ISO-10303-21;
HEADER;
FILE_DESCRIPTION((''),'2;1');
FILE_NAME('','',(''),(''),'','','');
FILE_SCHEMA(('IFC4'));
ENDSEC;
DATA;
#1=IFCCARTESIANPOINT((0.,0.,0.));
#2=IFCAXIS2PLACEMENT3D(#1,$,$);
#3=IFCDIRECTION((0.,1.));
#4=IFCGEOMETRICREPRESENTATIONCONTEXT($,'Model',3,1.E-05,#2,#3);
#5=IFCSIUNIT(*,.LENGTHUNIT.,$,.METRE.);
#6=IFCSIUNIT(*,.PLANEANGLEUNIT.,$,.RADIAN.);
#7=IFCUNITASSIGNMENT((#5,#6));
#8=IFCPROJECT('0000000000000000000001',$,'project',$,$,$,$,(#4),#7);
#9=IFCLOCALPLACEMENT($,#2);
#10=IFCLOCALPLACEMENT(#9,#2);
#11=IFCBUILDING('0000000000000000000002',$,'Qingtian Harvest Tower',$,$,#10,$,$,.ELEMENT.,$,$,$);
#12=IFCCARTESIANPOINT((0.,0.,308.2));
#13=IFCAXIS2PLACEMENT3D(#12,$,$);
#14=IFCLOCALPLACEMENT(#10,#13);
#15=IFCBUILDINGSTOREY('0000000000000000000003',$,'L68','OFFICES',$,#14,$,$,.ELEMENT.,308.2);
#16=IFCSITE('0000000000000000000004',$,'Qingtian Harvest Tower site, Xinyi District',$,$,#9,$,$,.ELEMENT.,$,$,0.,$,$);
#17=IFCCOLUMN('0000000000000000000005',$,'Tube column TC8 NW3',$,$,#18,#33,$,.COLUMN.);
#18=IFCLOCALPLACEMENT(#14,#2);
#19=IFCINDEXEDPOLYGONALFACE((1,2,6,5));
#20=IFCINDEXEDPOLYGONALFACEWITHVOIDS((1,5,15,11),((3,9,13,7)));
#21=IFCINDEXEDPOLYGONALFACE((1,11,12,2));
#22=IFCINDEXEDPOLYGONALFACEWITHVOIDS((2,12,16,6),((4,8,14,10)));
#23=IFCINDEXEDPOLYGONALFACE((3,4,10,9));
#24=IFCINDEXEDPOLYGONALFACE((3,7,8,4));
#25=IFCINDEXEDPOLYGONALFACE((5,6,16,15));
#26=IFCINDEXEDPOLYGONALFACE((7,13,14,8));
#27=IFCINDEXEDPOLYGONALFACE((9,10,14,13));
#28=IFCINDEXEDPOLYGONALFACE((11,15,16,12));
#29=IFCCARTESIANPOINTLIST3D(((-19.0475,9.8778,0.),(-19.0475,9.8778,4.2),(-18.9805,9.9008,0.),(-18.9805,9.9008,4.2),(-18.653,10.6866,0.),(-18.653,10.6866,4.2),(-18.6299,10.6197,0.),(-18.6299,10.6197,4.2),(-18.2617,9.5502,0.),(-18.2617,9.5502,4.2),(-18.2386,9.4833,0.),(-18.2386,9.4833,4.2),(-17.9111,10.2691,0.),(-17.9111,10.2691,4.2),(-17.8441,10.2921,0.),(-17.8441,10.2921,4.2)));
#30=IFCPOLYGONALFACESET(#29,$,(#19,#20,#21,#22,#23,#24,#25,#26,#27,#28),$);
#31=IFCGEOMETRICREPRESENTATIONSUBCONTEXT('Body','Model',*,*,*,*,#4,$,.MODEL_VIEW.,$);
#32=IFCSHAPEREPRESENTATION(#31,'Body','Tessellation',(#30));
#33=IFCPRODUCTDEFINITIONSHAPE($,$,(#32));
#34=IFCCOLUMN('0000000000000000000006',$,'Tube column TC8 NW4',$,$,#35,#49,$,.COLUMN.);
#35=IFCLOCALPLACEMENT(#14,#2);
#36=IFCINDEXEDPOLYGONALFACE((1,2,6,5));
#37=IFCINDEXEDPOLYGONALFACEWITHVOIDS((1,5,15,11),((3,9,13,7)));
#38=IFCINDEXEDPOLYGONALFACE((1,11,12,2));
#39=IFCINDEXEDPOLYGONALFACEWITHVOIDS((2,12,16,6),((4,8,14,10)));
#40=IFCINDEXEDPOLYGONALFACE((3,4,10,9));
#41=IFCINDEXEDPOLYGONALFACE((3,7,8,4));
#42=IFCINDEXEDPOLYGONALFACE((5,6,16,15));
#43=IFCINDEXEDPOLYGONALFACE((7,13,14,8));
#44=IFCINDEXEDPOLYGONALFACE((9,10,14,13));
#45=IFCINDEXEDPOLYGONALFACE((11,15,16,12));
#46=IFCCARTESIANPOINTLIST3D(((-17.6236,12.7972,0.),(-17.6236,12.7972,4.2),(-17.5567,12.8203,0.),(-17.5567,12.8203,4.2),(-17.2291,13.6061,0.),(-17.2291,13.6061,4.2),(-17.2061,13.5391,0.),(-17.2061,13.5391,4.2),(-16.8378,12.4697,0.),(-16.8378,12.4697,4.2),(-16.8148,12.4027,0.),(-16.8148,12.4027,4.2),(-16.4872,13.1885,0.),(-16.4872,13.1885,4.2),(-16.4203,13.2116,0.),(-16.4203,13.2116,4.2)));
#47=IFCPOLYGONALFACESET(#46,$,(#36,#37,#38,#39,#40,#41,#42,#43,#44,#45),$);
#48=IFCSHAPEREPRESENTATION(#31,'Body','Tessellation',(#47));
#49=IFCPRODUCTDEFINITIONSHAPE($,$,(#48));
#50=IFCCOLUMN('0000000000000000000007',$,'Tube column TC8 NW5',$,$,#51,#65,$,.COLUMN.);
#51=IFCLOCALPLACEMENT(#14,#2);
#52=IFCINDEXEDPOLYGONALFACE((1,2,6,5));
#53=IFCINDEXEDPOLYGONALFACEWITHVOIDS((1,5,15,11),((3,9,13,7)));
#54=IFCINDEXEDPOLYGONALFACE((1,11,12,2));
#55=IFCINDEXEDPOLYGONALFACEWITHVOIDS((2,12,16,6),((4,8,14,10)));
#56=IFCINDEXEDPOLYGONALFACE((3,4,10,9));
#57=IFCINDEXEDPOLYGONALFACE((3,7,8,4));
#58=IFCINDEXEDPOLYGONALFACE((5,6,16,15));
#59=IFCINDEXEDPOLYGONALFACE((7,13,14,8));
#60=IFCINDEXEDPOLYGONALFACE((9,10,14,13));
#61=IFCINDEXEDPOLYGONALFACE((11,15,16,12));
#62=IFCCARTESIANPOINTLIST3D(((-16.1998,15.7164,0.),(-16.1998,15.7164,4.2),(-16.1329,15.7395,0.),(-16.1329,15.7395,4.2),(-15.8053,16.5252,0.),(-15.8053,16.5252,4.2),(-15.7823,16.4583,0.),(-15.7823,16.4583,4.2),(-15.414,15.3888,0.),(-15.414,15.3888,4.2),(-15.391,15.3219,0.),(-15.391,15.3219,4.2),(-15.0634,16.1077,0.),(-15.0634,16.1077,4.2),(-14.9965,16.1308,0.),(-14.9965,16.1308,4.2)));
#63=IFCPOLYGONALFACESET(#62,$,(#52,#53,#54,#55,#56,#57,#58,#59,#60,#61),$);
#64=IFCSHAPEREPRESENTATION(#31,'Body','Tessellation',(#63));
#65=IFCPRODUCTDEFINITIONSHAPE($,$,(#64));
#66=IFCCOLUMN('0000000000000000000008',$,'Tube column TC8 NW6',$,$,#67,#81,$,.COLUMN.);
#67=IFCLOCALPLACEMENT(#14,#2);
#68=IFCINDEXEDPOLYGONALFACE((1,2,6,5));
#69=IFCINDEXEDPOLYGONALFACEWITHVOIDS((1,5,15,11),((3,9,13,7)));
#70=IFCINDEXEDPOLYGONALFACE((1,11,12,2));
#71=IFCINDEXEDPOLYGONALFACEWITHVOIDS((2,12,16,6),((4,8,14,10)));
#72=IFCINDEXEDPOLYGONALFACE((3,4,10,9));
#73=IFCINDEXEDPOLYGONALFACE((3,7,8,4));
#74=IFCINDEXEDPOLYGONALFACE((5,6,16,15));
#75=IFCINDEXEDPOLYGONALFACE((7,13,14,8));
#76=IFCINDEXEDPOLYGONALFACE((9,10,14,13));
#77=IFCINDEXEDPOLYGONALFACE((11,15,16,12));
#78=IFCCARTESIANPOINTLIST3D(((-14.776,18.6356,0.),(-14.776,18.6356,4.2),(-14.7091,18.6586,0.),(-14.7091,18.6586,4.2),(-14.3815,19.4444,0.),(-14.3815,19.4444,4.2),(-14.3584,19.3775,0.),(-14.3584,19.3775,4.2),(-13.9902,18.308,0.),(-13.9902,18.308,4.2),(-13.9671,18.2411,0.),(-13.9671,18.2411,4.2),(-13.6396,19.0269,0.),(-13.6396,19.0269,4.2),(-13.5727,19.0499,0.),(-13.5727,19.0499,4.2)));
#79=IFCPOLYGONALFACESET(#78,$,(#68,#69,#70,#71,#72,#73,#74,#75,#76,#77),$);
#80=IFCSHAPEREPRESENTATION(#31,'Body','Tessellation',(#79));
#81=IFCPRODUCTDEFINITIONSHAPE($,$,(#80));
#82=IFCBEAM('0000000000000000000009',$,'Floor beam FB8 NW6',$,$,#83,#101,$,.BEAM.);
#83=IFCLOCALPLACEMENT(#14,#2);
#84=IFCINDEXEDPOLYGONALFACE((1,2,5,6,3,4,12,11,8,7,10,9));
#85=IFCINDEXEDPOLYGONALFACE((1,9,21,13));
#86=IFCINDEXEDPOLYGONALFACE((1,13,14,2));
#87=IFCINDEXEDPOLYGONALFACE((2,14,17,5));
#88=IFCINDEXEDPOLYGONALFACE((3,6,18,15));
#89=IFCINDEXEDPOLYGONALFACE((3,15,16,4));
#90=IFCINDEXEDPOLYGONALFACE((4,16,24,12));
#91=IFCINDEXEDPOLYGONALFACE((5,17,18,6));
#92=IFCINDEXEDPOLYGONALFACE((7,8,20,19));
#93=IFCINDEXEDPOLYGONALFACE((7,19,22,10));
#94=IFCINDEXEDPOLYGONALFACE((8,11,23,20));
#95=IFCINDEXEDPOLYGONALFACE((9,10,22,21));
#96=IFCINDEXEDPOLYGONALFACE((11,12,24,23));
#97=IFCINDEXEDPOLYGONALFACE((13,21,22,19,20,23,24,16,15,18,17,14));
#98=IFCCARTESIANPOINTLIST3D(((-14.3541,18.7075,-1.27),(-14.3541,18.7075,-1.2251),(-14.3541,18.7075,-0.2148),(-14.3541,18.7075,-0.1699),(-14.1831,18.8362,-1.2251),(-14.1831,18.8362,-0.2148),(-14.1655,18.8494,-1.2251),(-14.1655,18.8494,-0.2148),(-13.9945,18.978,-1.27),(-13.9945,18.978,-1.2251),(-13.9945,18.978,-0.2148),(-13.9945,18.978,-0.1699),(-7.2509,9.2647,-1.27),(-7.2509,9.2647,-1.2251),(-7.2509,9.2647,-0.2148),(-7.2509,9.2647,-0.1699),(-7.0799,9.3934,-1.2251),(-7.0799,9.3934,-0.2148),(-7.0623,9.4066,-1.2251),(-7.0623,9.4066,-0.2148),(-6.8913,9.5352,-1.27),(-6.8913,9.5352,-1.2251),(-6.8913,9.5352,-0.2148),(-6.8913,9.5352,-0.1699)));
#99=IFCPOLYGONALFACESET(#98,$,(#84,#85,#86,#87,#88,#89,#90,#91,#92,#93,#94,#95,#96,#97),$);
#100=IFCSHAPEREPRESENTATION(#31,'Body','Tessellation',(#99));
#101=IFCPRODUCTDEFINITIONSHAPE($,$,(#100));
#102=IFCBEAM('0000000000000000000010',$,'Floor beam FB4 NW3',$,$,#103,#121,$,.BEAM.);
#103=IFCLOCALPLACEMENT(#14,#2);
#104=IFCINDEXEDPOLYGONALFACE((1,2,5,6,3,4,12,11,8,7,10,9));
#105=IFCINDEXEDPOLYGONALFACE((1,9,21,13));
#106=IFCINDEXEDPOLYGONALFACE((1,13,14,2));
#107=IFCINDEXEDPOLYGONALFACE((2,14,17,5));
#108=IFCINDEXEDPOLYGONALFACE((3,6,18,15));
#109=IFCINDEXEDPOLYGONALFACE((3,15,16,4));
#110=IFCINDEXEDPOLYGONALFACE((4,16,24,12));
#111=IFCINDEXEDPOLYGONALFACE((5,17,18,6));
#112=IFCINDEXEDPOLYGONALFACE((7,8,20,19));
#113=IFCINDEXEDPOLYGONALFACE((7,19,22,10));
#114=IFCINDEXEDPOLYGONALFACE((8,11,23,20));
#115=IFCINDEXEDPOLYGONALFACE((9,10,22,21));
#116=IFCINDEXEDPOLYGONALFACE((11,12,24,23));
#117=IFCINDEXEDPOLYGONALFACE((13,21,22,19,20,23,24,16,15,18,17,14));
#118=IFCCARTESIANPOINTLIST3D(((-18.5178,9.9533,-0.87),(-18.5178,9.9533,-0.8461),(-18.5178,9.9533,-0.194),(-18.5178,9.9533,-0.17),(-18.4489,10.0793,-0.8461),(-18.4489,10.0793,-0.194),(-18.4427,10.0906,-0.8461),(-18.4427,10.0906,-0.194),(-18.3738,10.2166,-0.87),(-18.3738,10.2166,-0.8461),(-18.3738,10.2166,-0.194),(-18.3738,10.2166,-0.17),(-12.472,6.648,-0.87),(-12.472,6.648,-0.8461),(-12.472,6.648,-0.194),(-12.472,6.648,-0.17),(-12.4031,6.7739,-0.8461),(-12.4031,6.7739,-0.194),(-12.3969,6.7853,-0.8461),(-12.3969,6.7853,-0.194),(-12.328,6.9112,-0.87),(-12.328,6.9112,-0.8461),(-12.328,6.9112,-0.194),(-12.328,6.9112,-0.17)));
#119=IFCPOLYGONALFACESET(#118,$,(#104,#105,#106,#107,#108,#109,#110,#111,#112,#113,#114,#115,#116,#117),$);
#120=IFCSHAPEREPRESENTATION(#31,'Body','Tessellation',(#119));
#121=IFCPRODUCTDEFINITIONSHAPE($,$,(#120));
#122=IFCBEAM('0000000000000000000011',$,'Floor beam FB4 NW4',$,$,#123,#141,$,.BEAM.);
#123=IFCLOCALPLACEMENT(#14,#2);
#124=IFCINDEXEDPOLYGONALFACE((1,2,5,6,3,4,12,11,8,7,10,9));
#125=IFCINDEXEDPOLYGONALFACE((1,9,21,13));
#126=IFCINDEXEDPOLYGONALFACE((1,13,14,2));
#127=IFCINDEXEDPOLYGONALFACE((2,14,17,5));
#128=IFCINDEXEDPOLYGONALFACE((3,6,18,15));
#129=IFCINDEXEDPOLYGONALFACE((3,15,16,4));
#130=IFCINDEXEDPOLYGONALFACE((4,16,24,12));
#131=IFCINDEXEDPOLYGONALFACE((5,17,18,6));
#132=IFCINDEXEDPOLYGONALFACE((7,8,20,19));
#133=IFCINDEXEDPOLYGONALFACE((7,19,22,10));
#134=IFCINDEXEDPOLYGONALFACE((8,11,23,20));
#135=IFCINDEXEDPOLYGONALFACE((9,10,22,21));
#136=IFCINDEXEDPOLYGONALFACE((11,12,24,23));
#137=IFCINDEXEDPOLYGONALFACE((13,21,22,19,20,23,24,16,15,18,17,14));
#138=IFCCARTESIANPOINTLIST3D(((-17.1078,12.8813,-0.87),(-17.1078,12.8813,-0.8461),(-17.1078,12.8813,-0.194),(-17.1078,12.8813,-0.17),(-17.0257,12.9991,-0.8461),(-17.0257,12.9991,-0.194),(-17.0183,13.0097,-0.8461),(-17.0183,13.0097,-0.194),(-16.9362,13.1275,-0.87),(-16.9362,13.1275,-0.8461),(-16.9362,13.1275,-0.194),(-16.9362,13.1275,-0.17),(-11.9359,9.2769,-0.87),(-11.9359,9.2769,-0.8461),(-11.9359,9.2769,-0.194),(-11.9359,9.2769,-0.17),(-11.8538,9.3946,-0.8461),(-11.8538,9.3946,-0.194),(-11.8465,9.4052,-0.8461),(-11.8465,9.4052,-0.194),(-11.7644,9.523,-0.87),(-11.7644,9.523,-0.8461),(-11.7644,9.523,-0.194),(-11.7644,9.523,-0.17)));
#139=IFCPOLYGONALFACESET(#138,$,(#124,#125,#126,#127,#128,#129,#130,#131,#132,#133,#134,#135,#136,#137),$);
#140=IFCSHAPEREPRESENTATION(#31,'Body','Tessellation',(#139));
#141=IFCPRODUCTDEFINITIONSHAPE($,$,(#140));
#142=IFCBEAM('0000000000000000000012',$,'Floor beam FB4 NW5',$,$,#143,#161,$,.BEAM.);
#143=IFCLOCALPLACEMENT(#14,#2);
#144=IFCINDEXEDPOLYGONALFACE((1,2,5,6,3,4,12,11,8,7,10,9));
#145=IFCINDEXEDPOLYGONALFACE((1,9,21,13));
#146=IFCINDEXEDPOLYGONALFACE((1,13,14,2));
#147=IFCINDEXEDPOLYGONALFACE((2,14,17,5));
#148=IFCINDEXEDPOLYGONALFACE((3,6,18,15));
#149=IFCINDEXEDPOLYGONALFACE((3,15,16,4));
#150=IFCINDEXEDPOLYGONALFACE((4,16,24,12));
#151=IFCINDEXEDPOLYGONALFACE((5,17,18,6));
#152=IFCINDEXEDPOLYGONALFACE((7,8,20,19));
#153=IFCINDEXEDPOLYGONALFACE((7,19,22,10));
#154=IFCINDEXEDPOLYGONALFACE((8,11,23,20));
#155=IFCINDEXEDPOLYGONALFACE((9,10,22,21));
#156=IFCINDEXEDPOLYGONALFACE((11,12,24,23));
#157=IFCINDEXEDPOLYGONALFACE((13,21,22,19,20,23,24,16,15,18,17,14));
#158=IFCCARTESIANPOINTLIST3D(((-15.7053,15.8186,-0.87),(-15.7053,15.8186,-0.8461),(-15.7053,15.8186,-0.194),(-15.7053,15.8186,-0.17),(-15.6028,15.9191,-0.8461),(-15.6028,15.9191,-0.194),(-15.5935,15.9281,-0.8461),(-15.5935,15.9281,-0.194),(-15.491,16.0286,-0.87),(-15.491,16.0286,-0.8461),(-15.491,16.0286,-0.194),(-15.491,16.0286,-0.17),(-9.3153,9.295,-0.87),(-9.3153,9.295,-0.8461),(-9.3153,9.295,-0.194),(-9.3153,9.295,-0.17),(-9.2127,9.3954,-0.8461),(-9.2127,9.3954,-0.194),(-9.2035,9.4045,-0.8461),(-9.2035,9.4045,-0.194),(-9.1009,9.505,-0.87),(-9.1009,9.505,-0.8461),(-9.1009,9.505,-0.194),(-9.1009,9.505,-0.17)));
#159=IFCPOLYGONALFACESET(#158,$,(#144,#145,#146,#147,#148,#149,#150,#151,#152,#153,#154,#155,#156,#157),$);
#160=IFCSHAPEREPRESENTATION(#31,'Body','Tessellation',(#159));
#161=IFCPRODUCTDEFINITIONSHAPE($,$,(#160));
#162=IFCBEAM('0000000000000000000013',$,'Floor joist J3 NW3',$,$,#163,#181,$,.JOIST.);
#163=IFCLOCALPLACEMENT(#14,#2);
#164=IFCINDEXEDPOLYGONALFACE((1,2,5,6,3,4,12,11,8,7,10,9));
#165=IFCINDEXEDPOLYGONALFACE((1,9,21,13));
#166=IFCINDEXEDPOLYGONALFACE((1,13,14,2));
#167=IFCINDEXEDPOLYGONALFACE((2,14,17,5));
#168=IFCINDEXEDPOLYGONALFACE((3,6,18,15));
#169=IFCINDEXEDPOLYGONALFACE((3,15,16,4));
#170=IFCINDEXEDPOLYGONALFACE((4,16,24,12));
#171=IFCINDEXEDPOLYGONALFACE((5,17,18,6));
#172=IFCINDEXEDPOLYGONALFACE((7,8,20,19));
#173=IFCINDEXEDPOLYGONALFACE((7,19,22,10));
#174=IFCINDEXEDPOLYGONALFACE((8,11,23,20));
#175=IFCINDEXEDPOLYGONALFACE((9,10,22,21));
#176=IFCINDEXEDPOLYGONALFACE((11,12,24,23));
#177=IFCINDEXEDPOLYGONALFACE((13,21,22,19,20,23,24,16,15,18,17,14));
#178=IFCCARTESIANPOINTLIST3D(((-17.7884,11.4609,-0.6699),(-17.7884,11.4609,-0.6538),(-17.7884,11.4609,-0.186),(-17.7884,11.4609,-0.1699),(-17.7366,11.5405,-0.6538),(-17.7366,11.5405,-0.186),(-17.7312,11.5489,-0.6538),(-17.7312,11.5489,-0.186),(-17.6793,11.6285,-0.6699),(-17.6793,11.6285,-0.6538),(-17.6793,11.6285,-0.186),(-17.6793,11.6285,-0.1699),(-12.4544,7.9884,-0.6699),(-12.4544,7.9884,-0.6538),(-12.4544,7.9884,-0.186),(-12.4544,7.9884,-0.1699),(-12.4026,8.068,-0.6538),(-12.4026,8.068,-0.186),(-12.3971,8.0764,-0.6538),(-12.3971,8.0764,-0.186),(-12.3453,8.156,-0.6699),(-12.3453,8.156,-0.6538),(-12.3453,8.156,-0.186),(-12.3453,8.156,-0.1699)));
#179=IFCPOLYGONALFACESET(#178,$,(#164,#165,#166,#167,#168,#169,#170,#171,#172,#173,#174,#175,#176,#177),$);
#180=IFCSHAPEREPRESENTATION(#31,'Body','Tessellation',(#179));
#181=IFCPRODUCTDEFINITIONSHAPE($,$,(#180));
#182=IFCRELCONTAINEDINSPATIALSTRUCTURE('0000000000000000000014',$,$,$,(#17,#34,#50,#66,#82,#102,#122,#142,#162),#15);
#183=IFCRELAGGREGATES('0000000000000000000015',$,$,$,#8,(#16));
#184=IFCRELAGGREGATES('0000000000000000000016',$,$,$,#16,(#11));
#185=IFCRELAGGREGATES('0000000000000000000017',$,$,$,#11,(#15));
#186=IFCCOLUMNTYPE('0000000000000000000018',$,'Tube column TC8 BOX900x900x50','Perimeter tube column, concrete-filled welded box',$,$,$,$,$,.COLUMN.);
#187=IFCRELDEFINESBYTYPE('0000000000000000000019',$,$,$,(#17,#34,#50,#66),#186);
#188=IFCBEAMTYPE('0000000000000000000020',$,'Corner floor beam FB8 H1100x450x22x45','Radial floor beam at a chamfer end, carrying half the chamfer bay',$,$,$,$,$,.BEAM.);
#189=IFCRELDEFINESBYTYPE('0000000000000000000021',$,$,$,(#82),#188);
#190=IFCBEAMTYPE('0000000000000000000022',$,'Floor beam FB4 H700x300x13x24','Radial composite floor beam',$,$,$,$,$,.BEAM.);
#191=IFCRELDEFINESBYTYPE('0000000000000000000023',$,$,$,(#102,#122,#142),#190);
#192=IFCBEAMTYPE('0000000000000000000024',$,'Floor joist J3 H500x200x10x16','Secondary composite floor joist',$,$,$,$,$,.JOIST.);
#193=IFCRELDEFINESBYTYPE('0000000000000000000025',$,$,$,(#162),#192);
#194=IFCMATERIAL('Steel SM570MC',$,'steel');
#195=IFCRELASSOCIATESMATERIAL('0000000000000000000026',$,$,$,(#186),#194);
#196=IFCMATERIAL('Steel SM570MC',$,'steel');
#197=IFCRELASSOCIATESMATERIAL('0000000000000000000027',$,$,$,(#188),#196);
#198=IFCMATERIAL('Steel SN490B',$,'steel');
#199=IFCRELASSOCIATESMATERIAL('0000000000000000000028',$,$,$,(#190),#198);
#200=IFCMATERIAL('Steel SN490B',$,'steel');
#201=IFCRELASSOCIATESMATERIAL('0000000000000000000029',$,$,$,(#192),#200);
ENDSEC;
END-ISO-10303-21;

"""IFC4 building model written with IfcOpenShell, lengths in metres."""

from ifc_helpers import new_model, si_unit, direction, frame, origin, origin_2d, place, context, subcontext, project, spatial, hollow_rectangle, i_section, extrude, material, material_profile, profile_set, type_object, element, save


model = new_model("IFC4")

# Units and contexts
model_context = context("Model", 3, precision=1e-05, world=origin(), true_north=direction((0.0, 1.0)))
body_context = subcontext(model_context, "Body", "Model", "MODEL_VIEW")
ifc_project = project(units=[si_unit("LENGTHUNIT", "METRE"), si_unit("PLANEANGLEUNIT", "RADIAN")], contexts=[model_context])

# Site, building, storey
site_placement = place(None, origin())
site = spatial("IfcSite", under=ifc_project, at=site_placement, Name="Qingtian Harvest Tower site, Xinyi District", CompositionType="ELEMENT", RefElevation=0.0)
building_placement = place(site_placement, origin())
building = spatial("IfcBuilding", under=site, at=building_placement, Name="Qingtian Harvest Tower", CompositionType="ELEMENT")
storey_placement = place(building_placement, frame((0.0, 0.0, 308.2)))
storey = spatial("IfcBuildingStorey", under=building, at=storey_placement, Name="L68", Description="OFFICES", CompositionType="ELEMENT", Elevation=308.2)

# Columns
ifc_material_1 = material(Name="Steel SM570MC", Category="steel")
ifc_material_profile_1 = material_profile(ifc_material_1, hollow_rectangle(XDim=0.8999, YDim=0.8999, WallThickness=0.05, at=origin_2d()), Name="BOX900x900x50")
ifc_profile_set_1 = profile_set([ifc_material_profile_1], Name="Steel SM570MC")
column_type = type_object("IfcColumnType", Name="Tube column TC8 BOX900x900x50", Description="Perimeter tube column, concrete-filled welded box", PredefinedType="COLUMN", material=ifc_profile_set_1)
for number, where, z_axis, x_axis, name in (
    (1, (-18.4458, 10.085, 0.0), (0.0, 0.0, 1.0), (-0.438371, -0.898794, 0.0), "Tube column TC8 NW3"),
    (2, (-17.022, 13.0044, 0.0), (0.0, 0.0, 1.0), (-0.438371, -0.898794, 0.0), "Tube column TC8 NW4"),
    (3, (-15.5981, 15.9236, 0.0), (0.0, 0.0, 1.0), (-0.438371, -0.898794, 0.0), "Tube column TC8 NW5"),
    (4, (-14.1743, 18.8428, 0.0), (0.0, 0.0, 1.0), (-0.438371, -0.898794, 0.0), "Tube column TC8 NW6"),
):
    element("IfcColumn", number, at=place(storey_placement, frame(where, z_axis=z_axis, x_axis=x_axis)), inside=storey, type_object=column_type, Name=name, PredefinedType="COLUMN", context=body_context, shape_type="SweptSolid", body=[
        extrude(hollow_rectangle(XDim=0.8999, YDim=0.8999, WallThickness=0.05, at=origin_2d()), origin(), (0.0, 0.0, 1.0), 4.2),
    ])

# Beams
ifc_material_2 = material(Name="Steel SM570MC", Category="steel")
ifc_material_profile_2 = material_profile(ifc_material_2, i_section(OverallWidth=0.45, OverallDepth=1.1001, WebThickness=0.022, FlangeThickness=0.0449, at=origin_2d()), Name="H1100x450x22x45")
ifc_profile_set_2 = profile_set([ifc_material_profile_2], Name="Steel SM570MC")
beam_type_1 = type_object("IfcBeamType", Name="Corner floor beam FB8 H1100x450x22x45", Description="Radial floor beam at a chamfer end, carrying half the chamfer bay", PredefinedType="BEAM", material=ifc_profile_set_2)
beam_1_placement = place(storey_placement, frame((-14.1743, 18.8428, -0.72), z_axis=(0.601143, -0.799141, 0.0), x_axis=(0.799141, 0.601143, 0.0)))
element("IfcBeam", 5, at=beam_1_placement, inside=storey, type_object=beam_type_1, Name="Floor beam FB8 NW6", PredefinedType="BEAM", context=body_context, shape_type="SweptSolid", body=[
    extrude(i_section(OverallWidth=0.45, OverallDepth=1.1001, WebThickness=0.022, FlangeThickness=0.0449, at=origin_2d()), origin(), (0.0, 0.0, 1.0), 11.8162),
])
ifc_material_3 = material(Name="Steel SN490B", Category="steel")
ifc_material_profile_3 = material_profile(ifc_material_3, i_section(OverallWidth=0.3, OverallDepth=0.7, WebThickness=0.0129, FlangeThickness=0.0239, at=origin_2d()), Name="H700x300x13x24")
ifc_profile_set_3 = profile_set([ifc_material_profile_3], Name="Steel SN490B")
beam_type_2 = type_object("IfcBeamType", Name="Floor beam FB4 H700x300x13x24", Description="Radial composite floor beam", PredefinedType="BEAM", material=ifc_profile_set_3)
beam_2_placement = place(storey_placement, frame((-18.4458, 10.085, -0.52), z_axis=(0.877428, -0.479708, 0.0), x_axis=(0.479708, 0.877428, 0.0)))
element("IfcBeam", 6, at=beam_2_placement, inside=storey, type_object=beam_type_2, Name="Floor beam FB4 NW3", PredefinedType="BEAM", context=body_context, shape_type="SweptSolid", body=[
    extrude(i_section(OverallWidth=0.3, OverallDepth=0.7, WebThickness=0.0129, FlangeThickness=0.0239, at=origin_2d()), origin(), (0.0, 0.0, 1.0), 6.8904),
])
beam_3_placement = place(storey_placement, frame((-17.022, 13.0044, -0.52), z_axis=(0.820409, -0.571777, 0.0), x_axis=(0.571777, 0.820409, 0.0)))
element("IfcBeam", 7, at=beam_3_placement, inside=storey, type_object=beam_type_2, Name="Floor beam FB4 NW4", PredefinedType="BEAM", context=body_context, shape_type="SweptSolid", body=[
    extrude(i_section(OverallWidth=0.3, OverallDepth=0.7, WebThickness=0.0129, FlangeThickness=0.0239, at=origin_2d()), origin(), (0.0, 0.0, 1.0), 6.304),
])
beam_4_placement = place(storey_placement, frame((-15.5981, 15.9236, -0.52), z_axis=(0.699757, -0.714381, 0.0), x_axis=(0.714381, 0.699757, 0.0)))
element("IfcBeam", 8, at=beam_4_placement, inside=storey, type_object=beam_type_2, Name="Floor beam FB4 NW5", PredefinedType="BEAM", context=body_context, shape_type="SweptSolid", body=[
    extrude(i_section(OverallWidth=0.3, OverallDepth=0.7, WebThickness=0.0129, FlangeThickness=0.0239, at=origin_2d()), origin(), (0.0, 0.0, 1.0), 9.1318),
])
ifc_material_4 = material(Name="Steel SN490B", Category="steel")
ifc_material_profile_4 = material_profile(ifc_material_4, i_section(OverallWidth=0.2, OverallDepth=0.5, WebThickness=0.01, FlangeThickness=0.0161, at=origin_2d()), Name="H500x200x10x16")
ifc_profile_set_4 = profile_set([ifc_material_profile_4], Name="Steel SN490B")
beam_type_3 = type_object("IfcBeamType", Name="Floor joist J3 H500x200x10x16", Description="Secondary composite floor joist", PredefinedType="JOIST", material=ifc_profile_set_4)
beam_5_placement = place(storey_placement, frame((-17.7339, 11.5447, -0.4199), z_axis=(0.838061, -0.545576, 0.0), x_axis=(0.545576, 0.838061, 0.0)))
element("IfcBeam", 9, at=beam_5_placement, inside=storey, type_object=beam_type_3, Name="Floor joist J3 NW3", PredefinedType="JOIST", context=body_context, shape_type="SweptSolid", body=[
    extrude(i_section(OverallWidth=0.2, OverallDepth=0.5, WebThickness=0.01, FlangeThickness=0.0161, at=origin_2d()), origin(), (0.0, 0.0, 1.0), 6.3647),
])

save(model, "model.ifc")
